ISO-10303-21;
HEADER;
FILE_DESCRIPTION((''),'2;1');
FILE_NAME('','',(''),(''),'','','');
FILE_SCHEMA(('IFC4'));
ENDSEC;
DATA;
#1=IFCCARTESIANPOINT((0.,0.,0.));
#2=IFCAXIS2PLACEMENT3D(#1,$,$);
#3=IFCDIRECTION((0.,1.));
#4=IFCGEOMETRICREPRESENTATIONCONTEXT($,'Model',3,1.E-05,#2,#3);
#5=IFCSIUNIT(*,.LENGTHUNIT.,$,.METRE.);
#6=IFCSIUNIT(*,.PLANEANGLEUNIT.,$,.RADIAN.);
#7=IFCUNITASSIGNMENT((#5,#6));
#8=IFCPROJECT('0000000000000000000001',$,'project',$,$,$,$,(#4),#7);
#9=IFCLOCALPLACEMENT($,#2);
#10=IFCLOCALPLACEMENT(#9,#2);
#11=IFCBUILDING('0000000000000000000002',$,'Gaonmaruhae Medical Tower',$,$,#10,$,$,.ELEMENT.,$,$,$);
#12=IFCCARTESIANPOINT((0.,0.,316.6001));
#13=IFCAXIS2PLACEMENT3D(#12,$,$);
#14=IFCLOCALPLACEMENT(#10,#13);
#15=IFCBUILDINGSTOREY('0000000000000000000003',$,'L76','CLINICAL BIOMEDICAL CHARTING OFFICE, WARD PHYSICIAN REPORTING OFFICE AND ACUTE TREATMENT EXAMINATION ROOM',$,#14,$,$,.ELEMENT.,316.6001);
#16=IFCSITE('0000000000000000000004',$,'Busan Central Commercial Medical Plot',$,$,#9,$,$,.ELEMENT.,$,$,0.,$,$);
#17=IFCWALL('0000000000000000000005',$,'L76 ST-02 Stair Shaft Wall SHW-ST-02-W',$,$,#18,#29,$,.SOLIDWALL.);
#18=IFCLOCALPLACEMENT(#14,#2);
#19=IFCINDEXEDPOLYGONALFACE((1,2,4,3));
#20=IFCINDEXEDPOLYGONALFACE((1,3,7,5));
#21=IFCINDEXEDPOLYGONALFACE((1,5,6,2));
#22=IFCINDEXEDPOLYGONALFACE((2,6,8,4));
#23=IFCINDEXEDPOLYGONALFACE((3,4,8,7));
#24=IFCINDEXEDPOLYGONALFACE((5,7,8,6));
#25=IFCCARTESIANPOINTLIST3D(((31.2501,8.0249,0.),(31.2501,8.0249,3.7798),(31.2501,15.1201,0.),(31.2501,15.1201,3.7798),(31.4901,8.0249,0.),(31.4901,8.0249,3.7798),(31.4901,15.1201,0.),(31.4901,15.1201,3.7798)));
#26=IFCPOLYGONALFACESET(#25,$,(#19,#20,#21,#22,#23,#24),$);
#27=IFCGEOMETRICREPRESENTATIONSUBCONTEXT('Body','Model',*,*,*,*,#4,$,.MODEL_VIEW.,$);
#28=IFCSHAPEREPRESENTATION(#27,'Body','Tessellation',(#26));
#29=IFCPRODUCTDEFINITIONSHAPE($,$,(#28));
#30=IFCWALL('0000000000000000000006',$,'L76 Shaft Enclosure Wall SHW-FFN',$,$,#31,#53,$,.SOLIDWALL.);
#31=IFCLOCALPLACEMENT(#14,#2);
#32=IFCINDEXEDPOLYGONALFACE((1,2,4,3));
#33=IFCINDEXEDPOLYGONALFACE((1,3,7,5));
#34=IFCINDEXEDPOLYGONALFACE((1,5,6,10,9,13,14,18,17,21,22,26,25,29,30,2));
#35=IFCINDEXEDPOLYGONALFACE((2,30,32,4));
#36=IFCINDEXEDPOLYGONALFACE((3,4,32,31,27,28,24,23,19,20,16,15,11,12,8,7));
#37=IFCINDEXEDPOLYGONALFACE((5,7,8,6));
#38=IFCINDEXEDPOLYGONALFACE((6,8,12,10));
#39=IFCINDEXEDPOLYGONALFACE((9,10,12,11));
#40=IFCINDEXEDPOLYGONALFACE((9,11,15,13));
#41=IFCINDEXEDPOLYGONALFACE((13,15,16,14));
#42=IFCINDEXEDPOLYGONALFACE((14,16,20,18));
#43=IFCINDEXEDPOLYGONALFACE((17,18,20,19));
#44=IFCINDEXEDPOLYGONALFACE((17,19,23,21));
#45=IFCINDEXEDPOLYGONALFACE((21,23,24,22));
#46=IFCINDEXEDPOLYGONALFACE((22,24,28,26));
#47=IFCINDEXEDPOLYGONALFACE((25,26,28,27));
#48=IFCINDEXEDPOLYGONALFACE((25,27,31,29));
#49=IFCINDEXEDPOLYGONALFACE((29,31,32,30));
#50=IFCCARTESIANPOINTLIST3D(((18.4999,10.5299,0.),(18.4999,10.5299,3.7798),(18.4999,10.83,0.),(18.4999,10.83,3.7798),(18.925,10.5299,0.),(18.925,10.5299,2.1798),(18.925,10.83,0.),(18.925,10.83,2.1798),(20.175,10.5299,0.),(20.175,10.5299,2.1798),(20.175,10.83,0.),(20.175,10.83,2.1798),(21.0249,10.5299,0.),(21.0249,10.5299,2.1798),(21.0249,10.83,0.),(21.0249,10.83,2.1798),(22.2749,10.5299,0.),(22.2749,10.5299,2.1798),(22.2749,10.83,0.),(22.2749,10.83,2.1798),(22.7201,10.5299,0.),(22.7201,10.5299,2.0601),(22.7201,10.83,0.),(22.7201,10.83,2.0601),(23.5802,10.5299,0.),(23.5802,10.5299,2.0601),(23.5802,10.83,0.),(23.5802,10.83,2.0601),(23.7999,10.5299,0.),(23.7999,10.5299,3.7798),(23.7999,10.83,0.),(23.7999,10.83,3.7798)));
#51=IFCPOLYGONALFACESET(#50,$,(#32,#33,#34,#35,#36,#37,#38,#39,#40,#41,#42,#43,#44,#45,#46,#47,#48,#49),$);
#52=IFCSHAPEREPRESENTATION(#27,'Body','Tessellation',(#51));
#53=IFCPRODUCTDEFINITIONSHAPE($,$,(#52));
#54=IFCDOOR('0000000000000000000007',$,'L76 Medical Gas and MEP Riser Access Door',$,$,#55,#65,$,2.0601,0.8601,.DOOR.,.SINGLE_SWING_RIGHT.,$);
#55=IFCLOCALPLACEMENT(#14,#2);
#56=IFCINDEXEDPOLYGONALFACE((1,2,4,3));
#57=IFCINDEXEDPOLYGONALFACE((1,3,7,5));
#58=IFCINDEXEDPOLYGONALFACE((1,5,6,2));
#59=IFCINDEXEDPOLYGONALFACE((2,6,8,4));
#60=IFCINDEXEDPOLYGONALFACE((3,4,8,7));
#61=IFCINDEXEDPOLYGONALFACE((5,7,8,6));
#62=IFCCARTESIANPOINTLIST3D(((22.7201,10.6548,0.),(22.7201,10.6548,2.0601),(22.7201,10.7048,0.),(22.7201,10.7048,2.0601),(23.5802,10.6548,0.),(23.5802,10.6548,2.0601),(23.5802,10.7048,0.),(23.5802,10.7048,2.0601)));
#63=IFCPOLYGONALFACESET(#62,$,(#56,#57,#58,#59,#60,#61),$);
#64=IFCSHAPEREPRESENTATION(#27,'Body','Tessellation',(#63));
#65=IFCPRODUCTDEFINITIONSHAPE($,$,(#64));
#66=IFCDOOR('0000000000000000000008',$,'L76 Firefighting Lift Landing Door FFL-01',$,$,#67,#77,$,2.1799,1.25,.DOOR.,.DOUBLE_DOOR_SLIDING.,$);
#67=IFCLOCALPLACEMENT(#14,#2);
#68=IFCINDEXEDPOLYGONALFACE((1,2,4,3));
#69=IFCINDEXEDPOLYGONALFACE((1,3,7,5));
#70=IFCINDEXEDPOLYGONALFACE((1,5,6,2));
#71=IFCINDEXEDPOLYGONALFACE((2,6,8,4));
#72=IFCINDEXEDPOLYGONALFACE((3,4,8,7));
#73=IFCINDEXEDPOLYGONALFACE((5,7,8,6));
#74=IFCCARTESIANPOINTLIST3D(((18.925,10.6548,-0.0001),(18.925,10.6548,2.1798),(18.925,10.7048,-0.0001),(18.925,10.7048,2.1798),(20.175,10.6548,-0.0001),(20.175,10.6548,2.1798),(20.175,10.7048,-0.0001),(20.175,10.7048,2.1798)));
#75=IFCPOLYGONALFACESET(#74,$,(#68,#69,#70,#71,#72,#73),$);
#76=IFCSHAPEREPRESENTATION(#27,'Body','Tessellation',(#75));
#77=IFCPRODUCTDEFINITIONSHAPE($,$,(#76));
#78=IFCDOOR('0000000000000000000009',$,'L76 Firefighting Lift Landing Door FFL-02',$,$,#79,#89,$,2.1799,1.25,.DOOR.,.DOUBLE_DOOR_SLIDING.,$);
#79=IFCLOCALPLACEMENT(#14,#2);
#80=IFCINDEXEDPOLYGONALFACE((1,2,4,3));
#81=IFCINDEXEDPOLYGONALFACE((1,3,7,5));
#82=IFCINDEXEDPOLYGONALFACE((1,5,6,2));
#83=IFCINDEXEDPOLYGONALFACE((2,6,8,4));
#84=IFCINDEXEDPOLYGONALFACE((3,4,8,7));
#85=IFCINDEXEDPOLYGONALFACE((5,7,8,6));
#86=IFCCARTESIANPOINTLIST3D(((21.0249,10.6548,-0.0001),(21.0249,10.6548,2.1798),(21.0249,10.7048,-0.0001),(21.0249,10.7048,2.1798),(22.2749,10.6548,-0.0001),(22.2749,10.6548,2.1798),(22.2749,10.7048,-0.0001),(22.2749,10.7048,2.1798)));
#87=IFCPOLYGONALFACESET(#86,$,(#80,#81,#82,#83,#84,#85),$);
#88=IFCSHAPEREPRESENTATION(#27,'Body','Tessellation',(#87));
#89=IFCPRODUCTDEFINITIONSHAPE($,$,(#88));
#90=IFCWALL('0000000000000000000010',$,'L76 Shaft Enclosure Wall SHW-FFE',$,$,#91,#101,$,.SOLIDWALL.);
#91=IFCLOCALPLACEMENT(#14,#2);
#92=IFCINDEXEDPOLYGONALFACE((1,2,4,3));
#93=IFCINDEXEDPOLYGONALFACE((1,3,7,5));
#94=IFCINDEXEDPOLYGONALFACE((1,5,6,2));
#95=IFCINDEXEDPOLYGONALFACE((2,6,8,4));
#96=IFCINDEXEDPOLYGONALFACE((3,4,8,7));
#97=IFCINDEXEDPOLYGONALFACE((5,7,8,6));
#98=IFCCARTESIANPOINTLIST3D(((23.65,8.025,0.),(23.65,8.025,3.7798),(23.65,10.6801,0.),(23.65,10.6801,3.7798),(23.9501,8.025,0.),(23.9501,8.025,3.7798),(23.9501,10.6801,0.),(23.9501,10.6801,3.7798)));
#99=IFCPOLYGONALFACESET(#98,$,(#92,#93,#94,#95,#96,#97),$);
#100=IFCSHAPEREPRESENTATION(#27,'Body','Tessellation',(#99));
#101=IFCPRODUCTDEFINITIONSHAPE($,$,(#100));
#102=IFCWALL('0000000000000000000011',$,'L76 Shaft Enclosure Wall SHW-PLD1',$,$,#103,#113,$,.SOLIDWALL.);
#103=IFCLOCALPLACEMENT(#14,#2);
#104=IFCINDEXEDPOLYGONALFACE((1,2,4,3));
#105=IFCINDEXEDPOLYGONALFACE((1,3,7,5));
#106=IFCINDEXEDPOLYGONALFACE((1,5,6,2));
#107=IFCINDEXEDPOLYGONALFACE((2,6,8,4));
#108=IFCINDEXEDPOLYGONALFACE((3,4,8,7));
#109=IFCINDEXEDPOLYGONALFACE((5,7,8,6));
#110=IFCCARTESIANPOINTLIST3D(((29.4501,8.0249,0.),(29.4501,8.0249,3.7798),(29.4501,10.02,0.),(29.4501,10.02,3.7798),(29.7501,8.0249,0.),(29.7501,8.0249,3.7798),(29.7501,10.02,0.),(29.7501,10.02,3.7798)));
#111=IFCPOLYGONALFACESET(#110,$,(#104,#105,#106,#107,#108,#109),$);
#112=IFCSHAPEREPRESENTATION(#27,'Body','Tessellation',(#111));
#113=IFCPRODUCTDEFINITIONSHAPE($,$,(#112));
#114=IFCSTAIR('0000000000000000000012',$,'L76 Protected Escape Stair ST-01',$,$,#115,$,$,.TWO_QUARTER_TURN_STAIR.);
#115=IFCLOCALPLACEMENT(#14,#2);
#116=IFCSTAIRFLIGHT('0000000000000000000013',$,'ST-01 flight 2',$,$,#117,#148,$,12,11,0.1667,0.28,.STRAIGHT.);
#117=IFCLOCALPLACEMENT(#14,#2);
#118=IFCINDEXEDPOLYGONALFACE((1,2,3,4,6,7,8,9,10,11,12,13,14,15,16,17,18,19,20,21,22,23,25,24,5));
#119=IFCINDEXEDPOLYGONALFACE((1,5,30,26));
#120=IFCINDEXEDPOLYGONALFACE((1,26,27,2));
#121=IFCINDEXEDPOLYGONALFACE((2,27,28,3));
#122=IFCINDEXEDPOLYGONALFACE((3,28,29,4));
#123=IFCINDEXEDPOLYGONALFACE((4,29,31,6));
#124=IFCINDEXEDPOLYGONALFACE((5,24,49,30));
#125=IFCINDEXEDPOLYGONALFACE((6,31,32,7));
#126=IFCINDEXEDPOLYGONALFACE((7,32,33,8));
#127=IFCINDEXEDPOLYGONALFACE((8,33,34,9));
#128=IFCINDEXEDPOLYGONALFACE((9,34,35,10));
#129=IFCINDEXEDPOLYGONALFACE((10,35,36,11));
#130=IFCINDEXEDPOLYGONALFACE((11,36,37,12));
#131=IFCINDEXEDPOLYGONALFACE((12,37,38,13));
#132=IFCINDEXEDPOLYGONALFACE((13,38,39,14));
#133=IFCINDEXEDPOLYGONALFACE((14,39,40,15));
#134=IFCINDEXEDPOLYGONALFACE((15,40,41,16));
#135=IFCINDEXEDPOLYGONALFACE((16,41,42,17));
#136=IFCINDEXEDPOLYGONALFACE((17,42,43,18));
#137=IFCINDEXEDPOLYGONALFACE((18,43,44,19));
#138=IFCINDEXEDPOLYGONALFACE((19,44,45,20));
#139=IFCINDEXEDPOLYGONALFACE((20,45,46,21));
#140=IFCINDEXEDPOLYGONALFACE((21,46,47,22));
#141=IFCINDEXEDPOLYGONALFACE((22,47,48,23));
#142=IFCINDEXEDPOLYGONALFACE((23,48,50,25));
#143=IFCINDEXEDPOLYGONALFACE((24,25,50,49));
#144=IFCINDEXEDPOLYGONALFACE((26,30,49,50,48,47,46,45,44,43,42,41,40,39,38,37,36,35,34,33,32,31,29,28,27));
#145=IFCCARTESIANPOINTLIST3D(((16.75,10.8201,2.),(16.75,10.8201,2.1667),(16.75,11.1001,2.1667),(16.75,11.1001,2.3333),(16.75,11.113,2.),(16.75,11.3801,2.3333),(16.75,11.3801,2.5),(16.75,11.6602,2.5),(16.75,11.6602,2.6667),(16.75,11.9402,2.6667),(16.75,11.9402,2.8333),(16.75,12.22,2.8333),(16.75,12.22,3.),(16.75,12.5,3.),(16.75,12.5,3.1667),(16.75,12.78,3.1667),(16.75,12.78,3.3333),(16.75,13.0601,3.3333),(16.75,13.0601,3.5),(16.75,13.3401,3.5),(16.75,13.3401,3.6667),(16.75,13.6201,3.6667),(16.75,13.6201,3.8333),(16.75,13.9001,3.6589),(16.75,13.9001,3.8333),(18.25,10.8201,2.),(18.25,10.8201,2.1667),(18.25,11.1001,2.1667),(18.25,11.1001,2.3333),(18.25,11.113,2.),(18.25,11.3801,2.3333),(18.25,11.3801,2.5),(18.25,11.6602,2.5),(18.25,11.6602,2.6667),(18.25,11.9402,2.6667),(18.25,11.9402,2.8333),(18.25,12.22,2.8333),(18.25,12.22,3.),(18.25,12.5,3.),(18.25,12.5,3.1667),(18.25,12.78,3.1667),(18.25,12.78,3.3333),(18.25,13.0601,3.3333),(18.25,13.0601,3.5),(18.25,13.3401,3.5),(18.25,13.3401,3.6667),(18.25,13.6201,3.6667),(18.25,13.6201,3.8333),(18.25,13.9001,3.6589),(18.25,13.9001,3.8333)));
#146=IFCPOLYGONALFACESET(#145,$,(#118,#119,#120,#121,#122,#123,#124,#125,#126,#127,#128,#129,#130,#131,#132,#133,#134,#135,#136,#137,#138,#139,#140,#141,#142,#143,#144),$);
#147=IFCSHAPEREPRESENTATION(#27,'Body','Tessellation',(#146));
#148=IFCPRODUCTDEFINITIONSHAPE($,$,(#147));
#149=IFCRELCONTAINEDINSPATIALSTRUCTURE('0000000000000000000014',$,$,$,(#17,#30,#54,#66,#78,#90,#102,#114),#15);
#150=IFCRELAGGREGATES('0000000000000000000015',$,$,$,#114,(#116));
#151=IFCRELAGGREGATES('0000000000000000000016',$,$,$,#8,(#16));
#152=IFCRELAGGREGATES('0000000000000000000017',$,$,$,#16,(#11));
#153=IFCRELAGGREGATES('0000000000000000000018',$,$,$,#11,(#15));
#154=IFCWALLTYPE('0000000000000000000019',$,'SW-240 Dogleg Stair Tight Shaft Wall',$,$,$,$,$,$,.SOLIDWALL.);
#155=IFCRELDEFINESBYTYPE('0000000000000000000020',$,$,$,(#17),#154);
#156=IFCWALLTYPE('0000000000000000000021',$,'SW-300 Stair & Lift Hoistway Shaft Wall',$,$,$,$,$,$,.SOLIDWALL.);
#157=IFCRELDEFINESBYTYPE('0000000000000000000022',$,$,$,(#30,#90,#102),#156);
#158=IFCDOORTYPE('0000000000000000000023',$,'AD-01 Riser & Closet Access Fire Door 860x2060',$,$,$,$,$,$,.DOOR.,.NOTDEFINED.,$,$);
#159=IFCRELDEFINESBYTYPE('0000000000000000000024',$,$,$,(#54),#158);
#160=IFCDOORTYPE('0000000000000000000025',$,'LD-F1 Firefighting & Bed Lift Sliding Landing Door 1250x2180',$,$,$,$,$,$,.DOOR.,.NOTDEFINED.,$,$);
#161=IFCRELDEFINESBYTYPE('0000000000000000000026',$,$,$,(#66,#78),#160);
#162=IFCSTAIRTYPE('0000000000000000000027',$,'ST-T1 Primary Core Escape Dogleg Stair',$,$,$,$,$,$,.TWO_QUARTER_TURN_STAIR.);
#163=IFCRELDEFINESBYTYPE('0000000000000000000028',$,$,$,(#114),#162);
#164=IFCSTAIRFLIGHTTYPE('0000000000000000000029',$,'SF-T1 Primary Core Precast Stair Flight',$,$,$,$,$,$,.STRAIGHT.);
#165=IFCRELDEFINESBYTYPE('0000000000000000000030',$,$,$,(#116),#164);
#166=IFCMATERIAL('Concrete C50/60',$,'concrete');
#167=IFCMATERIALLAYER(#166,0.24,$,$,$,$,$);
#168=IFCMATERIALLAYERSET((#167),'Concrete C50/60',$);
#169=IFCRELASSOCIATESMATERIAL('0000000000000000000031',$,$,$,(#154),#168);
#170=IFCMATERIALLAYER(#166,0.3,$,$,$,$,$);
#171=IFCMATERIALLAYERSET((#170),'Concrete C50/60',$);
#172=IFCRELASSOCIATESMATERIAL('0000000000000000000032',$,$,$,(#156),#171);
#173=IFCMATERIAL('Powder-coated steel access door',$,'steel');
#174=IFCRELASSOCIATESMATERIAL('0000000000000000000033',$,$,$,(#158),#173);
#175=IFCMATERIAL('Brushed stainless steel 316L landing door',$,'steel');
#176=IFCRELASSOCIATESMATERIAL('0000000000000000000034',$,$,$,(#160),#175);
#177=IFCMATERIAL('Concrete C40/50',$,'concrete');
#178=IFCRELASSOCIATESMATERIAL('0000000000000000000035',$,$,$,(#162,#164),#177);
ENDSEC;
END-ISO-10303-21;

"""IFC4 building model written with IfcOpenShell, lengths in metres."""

from ifc_helpers import new_model, si_unit, direction, frame, frame_2d, origin, place, context, subcontext, project, spatial, polyline, rectangle, outline, extrude, material, layer, layer_set, type_object, element, fill, aggregate, save


model = new_model("IFC4")

# Units and contexts
model_context = context("Model", 3, precision=1e-05, world=origin(), true_north=direction((0.0, 1.0)))
body_context = subcontext(model_context, "Body", "Model", "MODEL_VIEW")
ifc_project = project(units=[si_unit("LENGTHUNIT", "METRE"), si_unit("PLANEANGLEUNIT", "RADIAN")], contexts=[model_context])

# Site, building, storey
site_placement = place(None, origin())
site = spatial("IfcSite", under=ifc_project, at=site_placement, Name="Busan Central Commercial Medical Plot", CompositionType="ELEMENT", RefElevation=0.0)
building_placement = place(site_placement, origin())
building = spatial("IfcBuilding", under=site, at=building_placement, Name="Gaonmaruhae Medical Tower", CompositionType="ELEMENT")
storey_placement = place(building_placement, frame((0.0, 0.0, 316.6001)))
storey = spatial("IfcBuildingStorey", under=building, at=storey_placement, Name="L76", Description="CLINICAL BIOMEDICAL CHARTING OFFICE, WARD PHYSICIAN REPORTING OFFICE AND ACUTE TREATMENT EXAMINATION ROOM", CompositionType="ELEMENT", Elevation=316.6001)

# Shared definitions
ifc_material_1 = material(Name="Concrete C50/60", Category="concrete")

# Wall
ifc_layer_1 = layer(ifc_material_1, 0.24)
ifc_layer_set_1 = layer_set([ifc_layer_1], Name="Concrete C50/60")
wall_type_1 = type_object("IfcWallType", Name="SW-240 Dogleg Stair Tight Shaft Wall", PredefinedType="SOLIDWALL", material=ifc_layer_set_1)
wall_1_placement = place(storey_placement, frame((31.3701, 8.0249, 0.0), z_axis=(0.0, 0.0, 1.0), x_axis=(0.0, 1.0, 0.0)))
element("IfcWall", 1, at=wall_1_placement, inside=storey, type_object=wall_type_1, Name="L76 ST-02 Stair Shaft Wall SHW-ST-02-W", PredefinedType="SOLIDWALL", context=body_context, shape_type="SweptSolid", body=[
    extrude(rectangle(XDim=7.0952, YDim=0.24, at=frame_2d((3.5476, 0.0))), origin(), (0.0, 0.0, 1.0), 3.7798),
])

# Wall, openings, doors
ifc_layer_2 = layer(ifc_material_1, 0.3)
ifc_layer_set_2 = layer_set([ifc_layer_2], Name="Concrete C50/60")
wall_type_2 = type_object("IfcWallType", Name="SW-300 Stair & Lift Hoistway Shaft Wall", PredefinedType="SOLIDWALL", material=ifc_layer_set_2)
wall_2_placement = place(storey_placement, frame((18.5, 10.6799, 0.0), z_axis=(0.0, 0.0, 1.0), x_axis=(1.0, 0.0, 0.0)))
wall_2 = element("IfcWall", 2, at=wall_2_placement, inside=storey, type_object=wall_type_2, Name="L76 Shaft Enclosure Wall SHW-FFN", PredefinedType="SOLIDWALL", context=body_context, shape_type="SweptSolid", body=[
    extrude(rectangle(XDim=5.3, YDim=0.3, at=frame_2d((2.6499, 0.0))), origin(), (0.0, 0.0, 1.0), 3.7798),
])
opening_1_placement = place(wall_2_placement, frame((4.22, 0.0, 0.0)))
opening_1 = element("IfcOpeningElement", 3, at=opening_1_placement, cuts=wall_2, PredefinedType="OPENING", context=body_context, shape_type="SweptSolid", body=[
    extrude(rectangle(XDim=0.8601, YDim=2.0601, at=frame_2d((0.4302, 1.03))), frame((0.0, 0.1602, 0.0), z_axis=(0.0, -1.0, 0.0), x_axis=(1.0, 0.0, 0.0)), (0.0, 0.0, 1.0), 0.3201),
])
opening_2_placement = place(wall_2_placement, frame((0.425, 0.0, 0.0)))
opening_2 = element("IfcOpeningElement", 4, at=opening_2_placement, cuts=wall_2, PredefinedType="OPENING", context=body_context, shape_type="SweptSolid", body=[
    extrude(rectangle(XDim=1.25, YDim=2.1799, at=frame_2d((0.625, 1.0898))), frame((0.0, 0.1602, 0.0), z_axis=(0.0, -1.0, 0.0), x_axis=(1.0, 0.0, 0.0)), (0.0, 0.0, 1.0), 0.3201),
])
opening_3_placement = place(wall_2_placement, frame((2.5249, 0.0, 0.0)))
opening_3 = element("IfcOpeningElement", 5, at=opening_3_placement, cuts=wall_2, PredefinedType="OPENING", context=body_context, shape_type="SweptSolid", body=[
    extrude(rectangle(XDim=1.25, YDim=2.1799, at=frame_2d((0.625, 1.0898))), frame((0.0, 0.1602, 0.0), z_axis=(0.0, -1.0, 0.0), x_axis=(1.0, 0.0, 0.0)), (0.0, 0.0, 1.0), 0.3201),
])
ifc_material_2 = material(Name="Powder-coated steel access door", Category="steel")
door_type_1 = type_object("IfcDoorType", Name="AD-01 Riser & Closet Access Fire Door 860x2060", OperationType="NOTDEFINED", PredefinedType="DOOR", material=ifc_material_2)
door_1_placement = place(opening_1_placement, origin())
door_1 = element("IfcDoor", 6, at=door_1_placement, inside=storey, type_object=door_type_1, Name="L76 Medical Gas and MEP Riser Access Door", OperationType="SINGLE_SWING_RIGHT", OverallHeight=2.0601, OverallWidth=0.8601, PredefinedType="DOOR", context=body_context, shape_type="SweptSolid", body=[
    extrude(rectangle(XDim=0.8601, YDim=2.0601, at=frame_2d((0.4302, 1.03))), frame((0.0, 0.0249, 0.0), z_axis=(0.0, -1.0, 0.0), x_axis=(1.0, 0.0, 0.0)), (0.0, 0.0, 1.0), 0.05),
])
fill(opening_1, door_1)
ifc_material_3 = material(Name="Brushed stainless steel 316L landing door", Category="steel")
door_type_2 = type_object("IfcDoorType", Name="LD-F1 Firefighting & Bed Lift Sliding Landing Door 1250x2180", OperationType="NOTDEFINED", PredefinedType="DOOR", material=ifc_material_3)
door_2_placement = place(opening_2_placement, origin())
door_2 = element("IfcDoor", 7, at=door_2_placement, inside=storey, type_object=door_type_2, Name="L76 Firefighting Lift Landing Door FFL-01", OperationType="DOUBLE_DOOR_SLIDING", OverallHeight=2.1799, OverallWidth=1.25, PredefinedType="DOOR", context=body_context, shape_type="SweptSolid", body=[
    extrude(rectangle(XDim=1.25, YDim=2.1799, at=frame_2d((0.625, 1.0898))), frame((0.0, 0.0249, 0.0), z_axis=(0.0, -1.0, 0.0), x_axis=(1.0, 0.0, 0.0)), (0.0, 0.0, 1.0), 0.05),
])
fill(opening_2, door_2)
door_3_placement = place(opening_3_placement, origin())
door_3 = element("IfcDoor", 8, at=door_3_placement, inside=storey, type_object=door_type_2, Name="L76 Firefighting Lift Landing Door FFL-02", OperationType="DOUBLE_DOOR_SLIDING", OverallHeight=2.1799, OverallWidth=1.25, PredefinedType="DOOR", context=body_context, shape_type="SweptSolid", body=[
    extrude(rectangle(XDim=1.25, YDim=2.1799, at=frame_2d((0.625, 1.0898))), frame((0.0, 0.0249, 0.0), z_axis=(0.0, -1.0, 0.0), x_axis=(1.0, 0.0, 0.0)), (0.0, 0.0, 1.0), 0.05),
])
fill(opening_3, door_3)

# Wall
wall_3_placement = place(storey_placement, frame((23.8, 8.0249, 0.0), z_axis=(0.0, 0.0, 1.0), x_axis=(0.0, 1.0, 0.0)))
element("IfcWall", 9, at=wall_3_placement, inside=storey, type_object=wall_type_2, Name="L76 Shaft Enclosure Wall SHW-FFE", PredefinedType="SOLIDWALL", context=body_context, shape_type="SweptSolid", body=[
    extrude(rectangle(XDim=2.655, YDim=0.3, at=frame_2d((1.3276, 0.0))), origin(), (0.0, 0.0, 1.0), 3.7798),
])

# Wall
wall_4_placement = place(storey_placement, frame((29.6001, 8.0249, 0.0), z_axis=(0.0, 0.0, 1.0), x_axis=(0.0, 1.0, 0.0)))
element("IfcWall", 10, at=wall_4_placement, inside=storey, type_object=wall_type_2, Name="L76 Shaft Enclosure Wall SHW-PLD1", PredefinedType="SOLIDWALL", context=body_context, shape_type="SweptSolid", body=[
    extrude(rectangle(XDim=1.9951, YDim=0.3, at=frame_2d((0.9976, 0.0))), origin(), (0.0, 0.0, 1.0), 3.7798),
])

# Stair, stair flight
ifc_material_4 = material(Name="Concrete C40/50", Category="concrete")
stair_type = type_object("IfcStairType", Name="ST-T1 Primary Core Escape Dogleg Stair", PredefinedType="TWO_QUARTER_TURN_STAIR", material=ifc_material_4)
stair_placement = place(storey_placement, origin())
stair = element("IfcStair", 11, at=stair_placement, inside=storey, type_object=stair_type, Name="L76 Protected Escape Stair ST-01", PredefinedType="TWO_QUARTER_TURN_STAIR")
stair_flight_type = type_object("IfcStairFlightType", Name="SF-T1 Primary Core Precast Stair Flight", PredefinedType="STRAIGHT", material=ifc_material_4)
stair_flight_placement = place(storey_placement, frame((17.5, 10.8201, 2.0), z_axis=(0.0, 0.0, 1.0), x_axis=(0.0, 1.0, 0.0)))
stair_flight = element("IfcStairFlight", 12, at=stair_flight_placement, type_object=stair_flight_type, Name="ST-01 flight 2", NumberOfRisers=12, NumberOfTreads=11, PredefinedType="STRAIGHT", RiserHeight=0.1667, TreadLength=0.28, context=body_context, shape_type="SweptSolid", body=[
    extrude(outline(polyline([(0.0, 0.0), (0.0, 0.1667), (0.28, 0.1667), (0.28, 0.3333), (0.5601, 0.3333), (0.5601, 0.5), (0.8401, 0.5), (0.8401, 0.6667), (1.1201, 0.6667), (1.1201, 0.8333), (1.3999, 0.8333), (1.3999, 1.0), (1.6799, 1.0), (1.6799, 1.1667), (1.96, 1.1667), (1.96, 1.3333), (2.24, 1.3333), (2.24, 1.5), (2.52, 1.5), (2.52, 1.6667), (2.8, 1.6667), (2.8, 1.8333), (3.0801, 1.8333), (3.0801, 2.0), (3.0801, 1.6589), (0.293, 0.0), (0.0, 0.0)])), frame((0.0, 0.75, 0.0), z_axis=(0.0, -1.0, 0.0), x_axis=(1.0, 0.0, 0.0)), (0.0, 0.0, 1.0), 1.5),
])
aggregate(stair, [stair_flight])

save(model, "model.ifc")
